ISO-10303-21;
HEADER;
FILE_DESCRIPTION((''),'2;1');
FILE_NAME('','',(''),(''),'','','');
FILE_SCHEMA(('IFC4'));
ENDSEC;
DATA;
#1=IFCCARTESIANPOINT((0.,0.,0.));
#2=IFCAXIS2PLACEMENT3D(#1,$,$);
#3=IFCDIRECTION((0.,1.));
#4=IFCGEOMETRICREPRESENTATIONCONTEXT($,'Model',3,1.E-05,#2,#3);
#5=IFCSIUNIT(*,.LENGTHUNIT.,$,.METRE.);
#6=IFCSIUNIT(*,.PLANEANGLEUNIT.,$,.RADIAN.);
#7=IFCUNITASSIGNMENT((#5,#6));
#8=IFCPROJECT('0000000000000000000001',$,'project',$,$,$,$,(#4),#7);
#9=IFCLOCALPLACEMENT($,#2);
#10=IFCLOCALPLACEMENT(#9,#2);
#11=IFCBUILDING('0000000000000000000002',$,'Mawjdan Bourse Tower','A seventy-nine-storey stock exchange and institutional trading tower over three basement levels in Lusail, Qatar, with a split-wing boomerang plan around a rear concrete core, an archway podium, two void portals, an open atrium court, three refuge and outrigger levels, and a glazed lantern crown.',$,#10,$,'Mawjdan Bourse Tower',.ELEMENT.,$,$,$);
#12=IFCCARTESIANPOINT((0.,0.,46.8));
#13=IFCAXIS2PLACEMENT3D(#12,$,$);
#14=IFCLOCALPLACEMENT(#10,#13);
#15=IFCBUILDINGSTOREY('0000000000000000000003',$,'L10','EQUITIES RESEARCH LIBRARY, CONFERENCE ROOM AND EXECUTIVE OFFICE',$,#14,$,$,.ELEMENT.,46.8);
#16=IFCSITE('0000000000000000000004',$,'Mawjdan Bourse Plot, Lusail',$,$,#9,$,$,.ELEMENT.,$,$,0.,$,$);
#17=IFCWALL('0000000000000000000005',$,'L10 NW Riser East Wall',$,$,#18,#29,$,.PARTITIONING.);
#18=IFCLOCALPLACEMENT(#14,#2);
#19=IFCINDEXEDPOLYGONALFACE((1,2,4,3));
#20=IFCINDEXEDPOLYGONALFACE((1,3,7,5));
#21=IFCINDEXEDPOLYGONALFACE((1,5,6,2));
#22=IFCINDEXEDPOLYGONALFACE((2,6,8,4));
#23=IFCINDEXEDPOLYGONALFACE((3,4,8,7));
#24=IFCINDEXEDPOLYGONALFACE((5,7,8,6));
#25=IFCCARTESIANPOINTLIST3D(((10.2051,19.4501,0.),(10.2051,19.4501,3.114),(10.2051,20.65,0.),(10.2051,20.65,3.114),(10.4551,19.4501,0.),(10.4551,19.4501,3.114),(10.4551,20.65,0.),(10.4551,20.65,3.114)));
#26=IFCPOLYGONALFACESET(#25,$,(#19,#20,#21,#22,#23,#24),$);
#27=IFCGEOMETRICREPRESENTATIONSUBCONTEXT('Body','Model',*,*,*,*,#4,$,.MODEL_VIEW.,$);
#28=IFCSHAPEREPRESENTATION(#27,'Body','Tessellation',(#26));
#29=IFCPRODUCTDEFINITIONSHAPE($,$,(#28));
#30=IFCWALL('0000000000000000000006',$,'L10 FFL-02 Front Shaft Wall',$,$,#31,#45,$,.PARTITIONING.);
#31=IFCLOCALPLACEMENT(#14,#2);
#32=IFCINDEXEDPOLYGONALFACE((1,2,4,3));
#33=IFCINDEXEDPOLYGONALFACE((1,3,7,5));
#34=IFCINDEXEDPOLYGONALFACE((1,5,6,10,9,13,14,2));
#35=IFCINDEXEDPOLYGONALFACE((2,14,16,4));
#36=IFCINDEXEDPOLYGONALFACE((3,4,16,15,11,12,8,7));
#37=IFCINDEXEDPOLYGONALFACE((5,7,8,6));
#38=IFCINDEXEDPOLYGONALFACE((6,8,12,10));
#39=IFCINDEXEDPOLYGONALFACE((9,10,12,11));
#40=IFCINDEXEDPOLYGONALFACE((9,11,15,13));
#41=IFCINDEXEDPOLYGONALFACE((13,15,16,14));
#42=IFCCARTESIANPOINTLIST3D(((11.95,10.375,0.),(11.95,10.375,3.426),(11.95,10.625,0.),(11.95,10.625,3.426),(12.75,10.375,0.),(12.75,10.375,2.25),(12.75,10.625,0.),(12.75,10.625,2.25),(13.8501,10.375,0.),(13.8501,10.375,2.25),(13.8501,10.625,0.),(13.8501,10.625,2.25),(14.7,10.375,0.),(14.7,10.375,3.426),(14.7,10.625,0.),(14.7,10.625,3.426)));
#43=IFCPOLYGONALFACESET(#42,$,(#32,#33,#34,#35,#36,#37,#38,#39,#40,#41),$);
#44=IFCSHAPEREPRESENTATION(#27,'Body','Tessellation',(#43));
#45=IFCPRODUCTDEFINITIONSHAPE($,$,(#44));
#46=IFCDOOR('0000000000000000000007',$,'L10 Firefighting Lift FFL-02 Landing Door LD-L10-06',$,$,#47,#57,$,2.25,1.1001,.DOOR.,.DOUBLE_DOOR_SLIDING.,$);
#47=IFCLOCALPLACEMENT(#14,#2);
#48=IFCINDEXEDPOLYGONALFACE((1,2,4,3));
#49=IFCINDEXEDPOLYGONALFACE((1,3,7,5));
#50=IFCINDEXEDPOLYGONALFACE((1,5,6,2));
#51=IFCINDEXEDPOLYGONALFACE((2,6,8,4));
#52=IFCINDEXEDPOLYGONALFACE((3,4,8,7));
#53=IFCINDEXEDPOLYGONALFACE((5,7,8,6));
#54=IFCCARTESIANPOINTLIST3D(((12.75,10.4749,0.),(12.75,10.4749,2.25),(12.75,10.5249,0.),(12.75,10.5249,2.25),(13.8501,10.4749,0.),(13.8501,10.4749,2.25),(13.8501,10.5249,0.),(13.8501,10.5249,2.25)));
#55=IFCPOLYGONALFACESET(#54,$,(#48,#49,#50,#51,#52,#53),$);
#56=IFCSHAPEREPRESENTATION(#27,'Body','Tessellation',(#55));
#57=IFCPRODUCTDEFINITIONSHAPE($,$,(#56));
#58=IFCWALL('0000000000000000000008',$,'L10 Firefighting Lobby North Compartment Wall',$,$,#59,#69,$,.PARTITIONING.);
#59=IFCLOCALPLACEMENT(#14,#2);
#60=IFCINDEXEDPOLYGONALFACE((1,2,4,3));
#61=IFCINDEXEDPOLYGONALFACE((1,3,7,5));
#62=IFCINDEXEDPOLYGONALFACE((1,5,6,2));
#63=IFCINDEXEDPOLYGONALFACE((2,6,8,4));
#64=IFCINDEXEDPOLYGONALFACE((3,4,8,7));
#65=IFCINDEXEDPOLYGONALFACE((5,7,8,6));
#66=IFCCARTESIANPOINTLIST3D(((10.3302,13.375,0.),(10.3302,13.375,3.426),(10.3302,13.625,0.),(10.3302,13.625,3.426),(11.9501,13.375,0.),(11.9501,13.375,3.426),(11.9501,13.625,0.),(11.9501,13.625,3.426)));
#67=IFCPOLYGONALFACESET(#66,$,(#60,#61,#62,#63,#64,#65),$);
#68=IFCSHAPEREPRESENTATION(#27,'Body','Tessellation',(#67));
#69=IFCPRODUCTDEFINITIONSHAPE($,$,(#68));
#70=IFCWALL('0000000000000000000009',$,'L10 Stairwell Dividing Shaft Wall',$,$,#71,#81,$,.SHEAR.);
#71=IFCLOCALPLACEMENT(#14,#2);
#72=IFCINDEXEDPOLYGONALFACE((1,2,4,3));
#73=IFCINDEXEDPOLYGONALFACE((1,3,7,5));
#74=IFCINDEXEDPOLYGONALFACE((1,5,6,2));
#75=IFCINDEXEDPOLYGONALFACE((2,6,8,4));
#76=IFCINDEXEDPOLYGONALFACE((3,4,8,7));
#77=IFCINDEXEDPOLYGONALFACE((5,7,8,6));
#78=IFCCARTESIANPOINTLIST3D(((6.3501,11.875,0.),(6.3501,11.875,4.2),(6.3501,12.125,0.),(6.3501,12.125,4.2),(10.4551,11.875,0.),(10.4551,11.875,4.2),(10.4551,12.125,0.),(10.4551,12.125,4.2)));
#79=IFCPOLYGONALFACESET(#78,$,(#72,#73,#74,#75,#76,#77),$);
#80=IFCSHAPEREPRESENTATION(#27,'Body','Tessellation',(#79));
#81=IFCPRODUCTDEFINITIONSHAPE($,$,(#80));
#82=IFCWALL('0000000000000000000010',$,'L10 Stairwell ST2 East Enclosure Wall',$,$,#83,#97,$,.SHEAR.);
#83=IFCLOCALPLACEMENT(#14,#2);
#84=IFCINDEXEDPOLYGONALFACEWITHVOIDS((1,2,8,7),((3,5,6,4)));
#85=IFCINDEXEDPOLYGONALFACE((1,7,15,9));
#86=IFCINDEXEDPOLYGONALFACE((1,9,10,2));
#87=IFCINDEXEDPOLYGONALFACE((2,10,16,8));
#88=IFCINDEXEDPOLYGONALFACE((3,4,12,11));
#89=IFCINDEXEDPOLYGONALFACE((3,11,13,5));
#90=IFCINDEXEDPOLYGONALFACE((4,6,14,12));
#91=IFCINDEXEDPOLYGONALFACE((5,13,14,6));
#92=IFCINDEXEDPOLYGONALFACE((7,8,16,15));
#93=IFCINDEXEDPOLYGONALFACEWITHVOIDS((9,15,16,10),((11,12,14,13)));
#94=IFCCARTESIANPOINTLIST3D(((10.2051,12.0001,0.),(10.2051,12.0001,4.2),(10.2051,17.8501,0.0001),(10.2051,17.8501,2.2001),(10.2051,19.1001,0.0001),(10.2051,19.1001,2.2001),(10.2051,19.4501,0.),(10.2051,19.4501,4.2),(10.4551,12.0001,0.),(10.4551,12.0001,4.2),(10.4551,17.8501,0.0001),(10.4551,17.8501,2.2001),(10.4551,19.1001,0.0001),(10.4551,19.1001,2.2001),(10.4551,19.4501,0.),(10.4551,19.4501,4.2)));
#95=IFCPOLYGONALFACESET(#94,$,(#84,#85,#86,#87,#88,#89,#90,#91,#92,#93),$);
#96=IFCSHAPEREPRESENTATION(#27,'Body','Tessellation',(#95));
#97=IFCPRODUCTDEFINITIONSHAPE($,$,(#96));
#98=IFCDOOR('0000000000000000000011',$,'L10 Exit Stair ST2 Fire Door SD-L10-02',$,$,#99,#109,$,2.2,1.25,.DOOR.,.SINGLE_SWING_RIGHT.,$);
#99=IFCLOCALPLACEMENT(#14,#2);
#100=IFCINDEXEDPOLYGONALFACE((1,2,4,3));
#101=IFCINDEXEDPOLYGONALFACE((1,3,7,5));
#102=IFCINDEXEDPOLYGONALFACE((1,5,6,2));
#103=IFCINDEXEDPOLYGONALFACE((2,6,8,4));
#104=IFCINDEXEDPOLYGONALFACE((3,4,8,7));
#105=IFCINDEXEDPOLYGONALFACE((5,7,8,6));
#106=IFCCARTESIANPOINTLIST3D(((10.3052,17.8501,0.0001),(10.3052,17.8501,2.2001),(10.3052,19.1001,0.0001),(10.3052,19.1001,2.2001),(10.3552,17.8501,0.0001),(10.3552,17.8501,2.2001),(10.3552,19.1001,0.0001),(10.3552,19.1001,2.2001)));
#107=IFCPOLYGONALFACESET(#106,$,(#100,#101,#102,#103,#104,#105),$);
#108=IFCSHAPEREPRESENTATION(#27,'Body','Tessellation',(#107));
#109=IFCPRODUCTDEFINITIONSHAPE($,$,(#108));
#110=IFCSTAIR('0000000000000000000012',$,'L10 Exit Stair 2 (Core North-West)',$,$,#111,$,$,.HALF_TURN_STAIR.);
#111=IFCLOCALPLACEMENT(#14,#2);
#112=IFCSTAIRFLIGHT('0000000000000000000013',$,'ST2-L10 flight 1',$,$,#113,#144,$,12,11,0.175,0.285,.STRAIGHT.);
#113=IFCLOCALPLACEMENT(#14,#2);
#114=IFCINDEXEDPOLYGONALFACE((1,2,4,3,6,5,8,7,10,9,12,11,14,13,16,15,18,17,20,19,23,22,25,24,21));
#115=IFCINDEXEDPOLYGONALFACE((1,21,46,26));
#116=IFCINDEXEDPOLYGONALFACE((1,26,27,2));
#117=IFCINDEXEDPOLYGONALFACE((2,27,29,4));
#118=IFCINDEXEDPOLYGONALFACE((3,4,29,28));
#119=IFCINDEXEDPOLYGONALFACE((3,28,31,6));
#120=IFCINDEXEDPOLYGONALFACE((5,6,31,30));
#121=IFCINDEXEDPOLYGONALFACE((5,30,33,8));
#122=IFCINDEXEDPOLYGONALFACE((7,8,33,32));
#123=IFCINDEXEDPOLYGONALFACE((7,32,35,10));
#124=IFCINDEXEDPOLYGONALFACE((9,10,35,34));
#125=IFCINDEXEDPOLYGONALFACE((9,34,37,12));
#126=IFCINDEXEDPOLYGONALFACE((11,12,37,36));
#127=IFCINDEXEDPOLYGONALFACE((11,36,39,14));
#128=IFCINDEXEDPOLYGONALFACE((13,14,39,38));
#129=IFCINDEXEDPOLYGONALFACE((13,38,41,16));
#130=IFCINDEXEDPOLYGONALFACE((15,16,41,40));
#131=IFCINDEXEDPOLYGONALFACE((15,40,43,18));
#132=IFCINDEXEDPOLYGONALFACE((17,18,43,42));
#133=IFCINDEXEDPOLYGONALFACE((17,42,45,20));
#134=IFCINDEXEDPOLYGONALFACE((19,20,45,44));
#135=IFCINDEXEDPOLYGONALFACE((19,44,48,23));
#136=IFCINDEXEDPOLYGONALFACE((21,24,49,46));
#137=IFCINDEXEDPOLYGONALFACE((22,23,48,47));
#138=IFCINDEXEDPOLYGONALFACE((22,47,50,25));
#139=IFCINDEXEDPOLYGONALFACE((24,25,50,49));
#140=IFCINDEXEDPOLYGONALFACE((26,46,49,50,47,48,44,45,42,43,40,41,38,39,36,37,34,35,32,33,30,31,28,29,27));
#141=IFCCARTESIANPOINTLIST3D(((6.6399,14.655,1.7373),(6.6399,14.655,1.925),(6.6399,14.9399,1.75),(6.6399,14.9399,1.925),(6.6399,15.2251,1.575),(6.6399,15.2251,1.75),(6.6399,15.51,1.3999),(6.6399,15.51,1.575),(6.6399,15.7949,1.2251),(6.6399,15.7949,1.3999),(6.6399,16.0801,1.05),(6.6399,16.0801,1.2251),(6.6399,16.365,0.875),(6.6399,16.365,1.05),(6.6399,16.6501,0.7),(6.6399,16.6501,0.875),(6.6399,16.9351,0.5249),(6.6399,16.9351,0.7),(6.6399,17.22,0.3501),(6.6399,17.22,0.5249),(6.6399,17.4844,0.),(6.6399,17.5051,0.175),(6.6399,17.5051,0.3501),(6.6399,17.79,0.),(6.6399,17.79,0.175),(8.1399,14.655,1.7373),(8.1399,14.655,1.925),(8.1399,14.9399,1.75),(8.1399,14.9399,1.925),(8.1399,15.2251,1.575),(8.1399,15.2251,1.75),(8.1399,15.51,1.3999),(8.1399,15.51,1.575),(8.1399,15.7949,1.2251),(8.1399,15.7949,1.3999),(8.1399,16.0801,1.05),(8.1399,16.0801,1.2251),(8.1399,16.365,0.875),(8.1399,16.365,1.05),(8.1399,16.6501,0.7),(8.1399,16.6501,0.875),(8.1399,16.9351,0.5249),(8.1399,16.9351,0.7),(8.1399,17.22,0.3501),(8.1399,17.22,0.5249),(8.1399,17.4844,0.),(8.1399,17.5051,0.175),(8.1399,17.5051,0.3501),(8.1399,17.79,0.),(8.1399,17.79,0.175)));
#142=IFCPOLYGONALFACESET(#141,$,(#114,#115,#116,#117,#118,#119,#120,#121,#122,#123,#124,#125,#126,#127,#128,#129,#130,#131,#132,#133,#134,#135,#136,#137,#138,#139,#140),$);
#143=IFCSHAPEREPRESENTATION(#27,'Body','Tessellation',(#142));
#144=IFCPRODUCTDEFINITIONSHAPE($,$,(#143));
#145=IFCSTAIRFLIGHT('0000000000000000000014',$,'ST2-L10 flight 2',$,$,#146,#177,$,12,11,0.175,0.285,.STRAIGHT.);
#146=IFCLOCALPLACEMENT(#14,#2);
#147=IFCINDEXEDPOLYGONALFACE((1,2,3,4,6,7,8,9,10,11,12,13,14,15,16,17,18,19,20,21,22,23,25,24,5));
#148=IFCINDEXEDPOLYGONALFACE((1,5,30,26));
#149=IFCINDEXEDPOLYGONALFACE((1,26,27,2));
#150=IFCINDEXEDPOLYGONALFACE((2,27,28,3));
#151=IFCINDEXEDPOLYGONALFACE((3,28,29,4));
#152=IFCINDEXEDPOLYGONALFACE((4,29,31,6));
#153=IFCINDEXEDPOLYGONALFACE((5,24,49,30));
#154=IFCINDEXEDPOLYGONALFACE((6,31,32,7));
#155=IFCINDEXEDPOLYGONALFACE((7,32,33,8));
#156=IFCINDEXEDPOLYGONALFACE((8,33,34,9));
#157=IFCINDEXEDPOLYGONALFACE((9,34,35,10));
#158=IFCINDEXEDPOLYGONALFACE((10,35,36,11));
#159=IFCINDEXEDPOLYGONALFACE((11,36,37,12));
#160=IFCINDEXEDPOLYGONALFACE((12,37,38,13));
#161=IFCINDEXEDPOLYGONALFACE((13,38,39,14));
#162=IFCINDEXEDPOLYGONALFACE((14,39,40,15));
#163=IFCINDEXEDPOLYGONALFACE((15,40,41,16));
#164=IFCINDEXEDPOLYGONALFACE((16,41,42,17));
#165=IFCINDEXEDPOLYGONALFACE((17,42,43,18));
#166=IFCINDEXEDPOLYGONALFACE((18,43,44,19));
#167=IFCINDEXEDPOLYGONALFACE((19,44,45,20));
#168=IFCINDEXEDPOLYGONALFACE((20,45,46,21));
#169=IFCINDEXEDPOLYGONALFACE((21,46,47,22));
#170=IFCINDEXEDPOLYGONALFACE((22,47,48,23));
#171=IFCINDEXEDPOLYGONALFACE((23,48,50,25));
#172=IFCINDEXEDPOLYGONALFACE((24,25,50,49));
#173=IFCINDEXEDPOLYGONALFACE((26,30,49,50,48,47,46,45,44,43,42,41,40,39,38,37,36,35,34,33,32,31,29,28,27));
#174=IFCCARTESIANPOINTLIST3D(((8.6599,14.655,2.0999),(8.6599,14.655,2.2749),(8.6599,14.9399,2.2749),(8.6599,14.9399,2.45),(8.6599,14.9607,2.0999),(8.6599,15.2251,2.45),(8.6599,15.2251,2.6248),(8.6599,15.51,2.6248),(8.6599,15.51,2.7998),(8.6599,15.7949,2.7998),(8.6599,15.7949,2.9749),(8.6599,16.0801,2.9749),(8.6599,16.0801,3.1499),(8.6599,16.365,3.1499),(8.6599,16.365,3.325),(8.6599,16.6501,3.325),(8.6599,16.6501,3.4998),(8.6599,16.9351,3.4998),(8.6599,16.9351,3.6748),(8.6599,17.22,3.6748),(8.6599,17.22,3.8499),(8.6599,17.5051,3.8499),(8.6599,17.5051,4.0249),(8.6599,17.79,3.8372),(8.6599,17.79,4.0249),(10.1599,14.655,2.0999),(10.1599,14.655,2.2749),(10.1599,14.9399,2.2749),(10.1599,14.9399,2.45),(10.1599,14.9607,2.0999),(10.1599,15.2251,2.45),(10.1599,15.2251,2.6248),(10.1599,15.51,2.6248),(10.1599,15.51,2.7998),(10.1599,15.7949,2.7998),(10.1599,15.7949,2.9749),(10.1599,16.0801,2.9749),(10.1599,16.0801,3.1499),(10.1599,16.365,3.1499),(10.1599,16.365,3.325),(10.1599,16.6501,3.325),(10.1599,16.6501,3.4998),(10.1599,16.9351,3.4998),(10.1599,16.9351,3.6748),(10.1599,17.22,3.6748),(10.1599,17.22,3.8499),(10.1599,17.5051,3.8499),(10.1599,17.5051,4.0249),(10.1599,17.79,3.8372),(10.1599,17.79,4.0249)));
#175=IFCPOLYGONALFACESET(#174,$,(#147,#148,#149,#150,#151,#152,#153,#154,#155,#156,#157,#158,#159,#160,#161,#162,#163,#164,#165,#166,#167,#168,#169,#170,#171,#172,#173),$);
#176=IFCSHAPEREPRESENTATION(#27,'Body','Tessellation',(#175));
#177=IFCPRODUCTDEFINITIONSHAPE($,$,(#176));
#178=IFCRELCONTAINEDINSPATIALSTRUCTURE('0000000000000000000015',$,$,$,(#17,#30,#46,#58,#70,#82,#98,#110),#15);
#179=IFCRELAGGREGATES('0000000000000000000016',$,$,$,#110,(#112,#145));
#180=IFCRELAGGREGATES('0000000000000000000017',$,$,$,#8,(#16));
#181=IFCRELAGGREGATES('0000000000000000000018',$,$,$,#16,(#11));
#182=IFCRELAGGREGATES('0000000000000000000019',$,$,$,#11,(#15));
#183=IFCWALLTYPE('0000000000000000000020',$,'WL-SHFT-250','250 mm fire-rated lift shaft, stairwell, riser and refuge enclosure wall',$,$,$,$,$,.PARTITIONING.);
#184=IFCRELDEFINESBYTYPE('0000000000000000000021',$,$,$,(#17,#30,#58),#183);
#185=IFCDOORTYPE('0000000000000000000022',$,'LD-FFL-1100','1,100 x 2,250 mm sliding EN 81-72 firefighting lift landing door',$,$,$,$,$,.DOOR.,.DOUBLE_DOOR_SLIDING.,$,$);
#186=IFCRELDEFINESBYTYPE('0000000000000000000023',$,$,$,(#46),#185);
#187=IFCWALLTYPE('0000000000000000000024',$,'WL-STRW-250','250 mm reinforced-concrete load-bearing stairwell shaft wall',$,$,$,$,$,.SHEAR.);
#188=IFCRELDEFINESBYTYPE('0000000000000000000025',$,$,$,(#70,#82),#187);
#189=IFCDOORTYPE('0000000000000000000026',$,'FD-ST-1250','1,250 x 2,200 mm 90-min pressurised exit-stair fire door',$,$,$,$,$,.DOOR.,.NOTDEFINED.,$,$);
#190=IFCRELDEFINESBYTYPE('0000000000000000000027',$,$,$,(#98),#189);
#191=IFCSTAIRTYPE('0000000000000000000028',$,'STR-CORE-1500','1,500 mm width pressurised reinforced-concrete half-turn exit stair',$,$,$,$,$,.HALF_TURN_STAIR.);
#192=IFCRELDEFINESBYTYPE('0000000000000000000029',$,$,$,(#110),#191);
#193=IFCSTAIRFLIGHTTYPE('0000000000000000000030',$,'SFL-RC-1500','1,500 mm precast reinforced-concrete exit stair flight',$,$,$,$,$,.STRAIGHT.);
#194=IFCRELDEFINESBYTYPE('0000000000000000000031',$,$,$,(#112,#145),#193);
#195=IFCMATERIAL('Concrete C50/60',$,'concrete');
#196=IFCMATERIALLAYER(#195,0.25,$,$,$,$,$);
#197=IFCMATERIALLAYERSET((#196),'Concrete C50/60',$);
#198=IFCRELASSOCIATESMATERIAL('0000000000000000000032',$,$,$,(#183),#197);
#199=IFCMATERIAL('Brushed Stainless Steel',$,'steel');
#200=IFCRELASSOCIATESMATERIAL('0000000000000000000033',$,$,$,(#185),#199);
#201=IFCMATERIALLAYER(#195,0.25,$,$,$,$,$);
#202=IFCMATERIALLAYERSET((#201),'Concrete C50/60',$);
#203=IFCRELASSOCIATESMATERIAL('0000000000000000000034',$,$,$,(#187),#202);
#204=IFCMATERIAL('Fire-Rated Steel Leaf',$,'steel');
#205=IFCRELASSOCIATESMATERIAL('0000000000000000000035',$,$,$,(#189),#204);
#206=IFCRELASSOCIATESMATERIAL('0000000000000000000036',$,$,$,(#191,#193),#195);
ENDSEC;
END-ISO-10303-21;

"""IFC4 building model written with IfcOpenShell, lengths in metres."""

from ifc_helpers import new_model, si_unit, direction, frame, frame_2d, origin, place, context, subcontext, project, spatial, polyline, rectangle, outline, extrude, material, layer, layer_set, type_object, element, fill, aggregate, save


model = new_model("IFC4")

# Units and contexts
model_context = context("Model", 3, precision=1e-05, world=origin(), true_north=direction((0.0, 1.0)))
body_context = subcontext(model_context, "Body", "Model", "MODEL_VIEW")
ifc_project = project(units=[si_unit("LENGTHUNIT", "METRE"), si_unit("PLANEANGLEUNIT", "RADIAN")], contexts=[model_context])

# Site, building, storey
site_placement = place(None, origin())
site = spatial("IfcSite", under=ifc_project, at=site_placement, Name="Mawjdan Bourse Plot, Lusail", CompositionType="ELEMENT", RefElevation=0.0)
building_placement = place(site_placement, origin())
building = spatial("IfcBuilding", under=site, at=building_placement, Name="Mawjdan Bourse Tower", Description="A seventy-nine-storey stock exchange and institutional trading tower over three basement levels in Lusail, Qatar, with a split-wing boomerang plan around a rear concrete core, an archway podium, two void portals, an open atrium court, three refuge and outrigger levels, and a glazed lantern crown.", LongName="Mawjdan Bourse Tower", CompositionType="ELEMENT")
storey_placement = place(building_placement, frame((0.0, 0.0, 46.8)))
storey = spatial("IfcBuildingStorey", under=building, at=storey_placement, Name="L10", Description="EQUITIES RESEARCH LIBRARY, CONFERENCE ROOM AND EXECUTIVE OFFICE", CompositionType="ELEMENT", Elevation=46.8)

# Wall
ifc_material_1 = material(Name="Concrete C50/60", Category="concrete")
ifc_layer_1 = layer(ifc_material_1, 0.25)
ifc_layer_set_1 = layer_set([ifc_layer_1], Name="Concrete C50/60")
wall_type_1 = type_object("IfcWallType", Name="WL-SHFT-250", Description="250 mm fire-rated lift shaft, stairwell, riser and refuge enclosure wall", PredefinedType="PARTITIONING", material=ifc_layer_set_1)
wall_1_placement = place(storey_placement, frame((10.3301, 19.45, 0.0), z_axis=(0.0, 0.0, 1.0), x_axis=(0.0, 1.0, 0.0)))
element("IfcWall", 1, at=wall_1_placement, inside=storey, type_object=wall_type_1, Name="L10 NW Riser East Wall", PredefinedType="PARTITIONING", context=body_context, shape_type="SweptSolid", body=[
    extrude(rectangle(XDim=1.2, YDim=0.25, at=frame_2d((0.6001, 0.0))), origin(), (0.0, 0.0, 1.0), 3.114),
])

# Wall, opening, door
wall_2_placement = place(storey_placement, frame((11.95, 10.5, 0.0), z_axis=(0.0, 0.0, 1.0), x_axis=(1.0, 0.0, 0.0)))
wall_2 = element("IfcWall", 2, at=wall_2_placement, inside=storey, type_object=wall_type_1, Name="L10 FFL-02 Front Shaft Wall", PredefinedType="PARTITIONING", context=body_context, shape_type="SweptSolid", body=[
    extrude(rectangle(XDim=2.75, YDim=0.25, at=frame_2d((1.375, 0.0))), origin(), (0.0, 0.0, 1.0), 3.426),
])
opening_1_placement = place(wall_2_placement, frame((0.8, 0.0, 0.0)))
opening_1 = element("IfcOpeningElement", 3, at=opening_1_placement, cuts=wall_2, PredefinedType="OPENING", context=body_context, shape_type="SweptSolid", body=[
    extrude(rectangle(XDim=1.1001, YDim=2.25, at=frame_2d((0.55, 1.125))), frame((0.0, 0.135, 0.0), z_axis=(0.0, -1.0, 0.0), x_axis=(1.0, 0.0, 0.0)), (0.0, 0.0, 1.0), 0.27),
])
ifc_material_2 = material(Name="Brushed Stainless Steel", Category="steel")
door_type_1 = type_object("IfcDoorType", Name="LD-FFL-1100", Description="1,100 x 2,250 mm sliding EN 81-72 firefighting lift landing door", OperationType="DOUBLE_DOOR_SLIDING", PredefinedType="DOOR", material=ifc_material_2)
door_1_placement = place(opening_1_placement, origin())
door_1 = element("IfcDoor", 4, at=door_1_placement, inside=storey, type_object=door_type_1, Name="L10 Firefighting Lift FFL-02 Landing Door LD-L10-06", OperationType="DOUBLE_DOOR_SLIDING", OverallHeight=2.25, OverallWidth=1.1001, PredefinedType="DOOR", context=body_context, shape_type="SweptSolid", body=[
    extrude(rectangle(XDim=1.1001, YDim=2.25, at=frame_2d((0.55, 1.125))), frame((0.0, 0.0249, 0.0), z_axis=(0.0, -1.0, 0.0), x_axis=(1.0, 0.0, 0.0)), (0.0, 0.0, 1.0), 0.05),
])
fill(opening_1, door_1)

# Walls
wall_3_placement = place(storey_placement, frame((10.3301, 13.5, 0.0), z_axis=(0.0, 0.0, 1.0), x_axis=(1.0, 0.0, 0.0)))
element("IfcWall", 5, at=wall_3_placement, inside=storey, type_object=wall_type_1, Name="L10 Firefighting Lobby North Compartment Wall", PredefinedType="PARTITIONING", context=body_context, shape_type="SweptSolid", body=[
    extrude(rectangle(XDim=1.6199, YDim=0.25, at=frame_2d((0.8101, 0.0))), origin(), (0.0, 0.0, 1.0), 3.426),
])
ifc_layer_2 = layer(ifc_material_1, 0.25)
ifc_layer_set_2 = layer_set([ifc_layer_2], Name="Concrete C50/60")
wall_type_2 = type_object("IfcWallType", Name="WL-STRW-250", Description="250 mm reinforced-concrete load-bearing stairwell shaft wall", PredefinedType="SHEAR", material=ifc_layer_set_2)
wall_4_placement = place(storey_placement, frame((6.3501, 12.0, 0.0), z_axis=(0.0, 0.0, 1.0), x_axis=(1.0, 0.0, 0.0)))
element("IfcWall", 6, at=wall_4_placement, inside=storey, type_object=wall_type_2, Name="L10 Stairwell Dividing Shaft Wall", PredefinedType="SHEAR", context=body_context, shape_type="SweptSolid", body=[
    extrude(rectangle(XDim=4.105, YDim=0.25, at=frame_2d((2.0525, 0.0))), origin(), (0.0, 0.0, 1.0), 4.2),
])

# Wall, opening, door
wall_5_placement = place(storey_placement, frame((10.3301, 12.0, 0.0), z_axis=(0.0, 0.0, 1.0), x_axis=(0.0, 1.0, 0.0)))
wall_5 = element("IfcWall", 7, at=wall_5_placement, inside=storey, type_object=wall_type_2, Name="L10 Stairwell ST2 East Enclosure Wall", PredefinedType="SHEAR", context=body_context, shape_type="SweptSolid", body=[
    extrude(rectangle(XDim=7.45, YDim=0.25, at=frame_2d((3.7251, 0.0))), origin(), (0.0, 0.0, 1.0), 4.2),
])
opening_2_placement = place(wall_5_placement, frame((5.8501, 0.0, 0.0)))
opening_2 = element("IfcOpeningElement", 8, at=opening_2_placement, cuts=wall_5, PredefinedType="OPENING", context=body_context, shape_type="SweptSolid", body=[
    extrude(rectangle(XDim=1.25, YDim=2.2, at=frame_2d((0.625, 1.1001))), frame((0.0, 0.135, 0.0), z_axis=(0.0, -1.0, 0.0), x_axis=(1.0, 0.0, 0.0)), (0.0, 0.0, 1.0), 0.27),
])
ifc_material_3 = material(Name="Fire-Rated Steel Leaf", Category="steel")
door_type_2 = type_object("IfcDoorType", Name="FD-ST-1250", Description="1,250 x 2,200 mm 90-min pressurised exit-stair fire door", OperationType="NOTDEFINED", PredefinedType="DOOR", material=ifc_material_3)
door_2_placement = place(opening_2_placement, origin())
door_2 = element("IfcDoor", 9, at=door_2_placement, inside=storey, type_object=door_type_2, Name="L10 Exit Stair ST2 Fire Door SD-L10-02", OperationType="SINGLE_SWING_RIGHT", OverallHeight=2.2, OverallWidth=1.25, PredefinedType="DOOR", context=body_context, shape_type="SweptSolid", body=[
    extrude(rectangle(XDim=1.25, YDim=2.2, at=frame_2d((0.625, 1.1001))), frame((0.0, 0.0249, 0.0), z_axis=(0.0, -1.0, 0.0), x_axis=(1.0, 0.0, 0.0)), (0.0, 0.0, 1.0), 0.05),
])
fill(opening_2, door_2)

# Stair, stair flights
stair_type = type_object("IfcStairType", Name="STR-CORE-1500", Description="1,500 mm width pressurised reinforced-concrete half-turn exit stair", PredefinedType="HALF_TURN_STAIR", material=ifc_material_1)
stair_placement = place(storey_placement, origin())
stair = element("IfcStair", 10, at=stair_placement, inside=storey, type_object=stair_type, Name="L10 Exit Stair 2 (Core North-West)", PredefinedType="HALF_TURN_STAIR")
stair_flight_type = type_object("IfcStairFlightType", Name="SFL-RC-1500", Description="1,500 mm precast reinforced-concrete exit stair flight", PredefinedType="STRAIGHT", material=ifc_material_1)
stair_flight_1_placement = place(storey_placement, frame((7.3899, 17.79, 0.0), z_axis=(0.0, 0.0, 1.0), x_axis=(0.0, -1.0, 0.0)))
stair_flight_1 = element("IfcStairFlight", 11, at=stair_flight_1_placement, type_object=stair_flight_type, Name="ST2-L10 flight 1", NumberOfRisers=12, NumberOfTreads=11, PredefinedType="STRAIGHT", RiserHeight=0.175, TreadLength=0.285, context=body_context, shape_type="SweptSolid", body=[
    extrude(outline(polyline([(0.0, 0.0), (0.0, 0.175), (0.2849, 0.175), (0.2849, 0.3501), (0.5701, 0.3501), (0.5701, 0.5249), (0.855, 0.5249), (0.855, 0.7), (1.1399, 0.7), (1.1399, 0.875), (1.425, 0.875), (1.425, 1.05), (1.71, 1.05), (1.71, 1.2251), (1.9951, 1.2251), (1.9951, 1.3999), (2.28, 1.3999), (2.28, 1.575), (2.5649, 1.575), (2.5649, 1.75), (2.8501, 1.75), (2.8501, 1.925), (3.135, 1.925), (3.135, 2.1001), (3.135, 1.7373), (0.3057, 0.0), (0.0, 0.0)])), frame((0.0, 0.75, 0.0), z_axis=(0.0, -1.0, 0.0), x_axis=(1.0, 0.0, 0.0)), (0.0, 0.0, 1.0), 1.5),
])
stair_flight_2_placement = place(storey_placement, frame((9.4099, 14.655, 2.0999), z_axis=(0.0, 0.0, 1.0), x_axis=(0.0, 1.0, 0.0)))
stair_flight_2 = element("IfcStairFlight", 12, at=stair_flight_2_placement, type_object=stair_flight_type, Name="ST2-L10 flight 2", NumberOfRisers=12, NumberOfTreads=11, PredefinedType="STRAIGHT", RiserHeight=0.175, TreadLength=0.285, context=body_context, shape_type="SweptSolid", body=[
    extrude(outline(polyline([(0.0, 0.0), (0.0, 0.175), (0.2849, 0.175), (0.2849, 0.3501), (0.5701, 0.3501), (0.5701, 0.5249), (0.855, 0.5249), (0.855, 0.7), (1.1399, 0.7), (1.1399, 0.875), (1.425, 0.875), (1.425, 1.05), (1.71, 1.05), (1.71, 1.2251), (1.9951, 1.2251), (1.9951, 1.3999), (2.28, 1.3999), (2.28, 1.575), (2.5649, 1.575), (2.5649, 1.75), (2.8501, 1.75), (2.8501, 1.925), (3.135, 1.925), (3.135, 2.1001), (3.135, 1.7373), (0.3057, 0.0), (0.0, 0.0)])), frame((0.0, 0.75, 0.0), z_axis=(0.0, -1.0, 0.0), x_axis=(1.0, 0.0, 0.0)), (0.0, 0.0, 1.0), 1.5),
])
aggregate(stair, [stair_flight_1, stair_flight_2])

save(model, "model.ifc")
